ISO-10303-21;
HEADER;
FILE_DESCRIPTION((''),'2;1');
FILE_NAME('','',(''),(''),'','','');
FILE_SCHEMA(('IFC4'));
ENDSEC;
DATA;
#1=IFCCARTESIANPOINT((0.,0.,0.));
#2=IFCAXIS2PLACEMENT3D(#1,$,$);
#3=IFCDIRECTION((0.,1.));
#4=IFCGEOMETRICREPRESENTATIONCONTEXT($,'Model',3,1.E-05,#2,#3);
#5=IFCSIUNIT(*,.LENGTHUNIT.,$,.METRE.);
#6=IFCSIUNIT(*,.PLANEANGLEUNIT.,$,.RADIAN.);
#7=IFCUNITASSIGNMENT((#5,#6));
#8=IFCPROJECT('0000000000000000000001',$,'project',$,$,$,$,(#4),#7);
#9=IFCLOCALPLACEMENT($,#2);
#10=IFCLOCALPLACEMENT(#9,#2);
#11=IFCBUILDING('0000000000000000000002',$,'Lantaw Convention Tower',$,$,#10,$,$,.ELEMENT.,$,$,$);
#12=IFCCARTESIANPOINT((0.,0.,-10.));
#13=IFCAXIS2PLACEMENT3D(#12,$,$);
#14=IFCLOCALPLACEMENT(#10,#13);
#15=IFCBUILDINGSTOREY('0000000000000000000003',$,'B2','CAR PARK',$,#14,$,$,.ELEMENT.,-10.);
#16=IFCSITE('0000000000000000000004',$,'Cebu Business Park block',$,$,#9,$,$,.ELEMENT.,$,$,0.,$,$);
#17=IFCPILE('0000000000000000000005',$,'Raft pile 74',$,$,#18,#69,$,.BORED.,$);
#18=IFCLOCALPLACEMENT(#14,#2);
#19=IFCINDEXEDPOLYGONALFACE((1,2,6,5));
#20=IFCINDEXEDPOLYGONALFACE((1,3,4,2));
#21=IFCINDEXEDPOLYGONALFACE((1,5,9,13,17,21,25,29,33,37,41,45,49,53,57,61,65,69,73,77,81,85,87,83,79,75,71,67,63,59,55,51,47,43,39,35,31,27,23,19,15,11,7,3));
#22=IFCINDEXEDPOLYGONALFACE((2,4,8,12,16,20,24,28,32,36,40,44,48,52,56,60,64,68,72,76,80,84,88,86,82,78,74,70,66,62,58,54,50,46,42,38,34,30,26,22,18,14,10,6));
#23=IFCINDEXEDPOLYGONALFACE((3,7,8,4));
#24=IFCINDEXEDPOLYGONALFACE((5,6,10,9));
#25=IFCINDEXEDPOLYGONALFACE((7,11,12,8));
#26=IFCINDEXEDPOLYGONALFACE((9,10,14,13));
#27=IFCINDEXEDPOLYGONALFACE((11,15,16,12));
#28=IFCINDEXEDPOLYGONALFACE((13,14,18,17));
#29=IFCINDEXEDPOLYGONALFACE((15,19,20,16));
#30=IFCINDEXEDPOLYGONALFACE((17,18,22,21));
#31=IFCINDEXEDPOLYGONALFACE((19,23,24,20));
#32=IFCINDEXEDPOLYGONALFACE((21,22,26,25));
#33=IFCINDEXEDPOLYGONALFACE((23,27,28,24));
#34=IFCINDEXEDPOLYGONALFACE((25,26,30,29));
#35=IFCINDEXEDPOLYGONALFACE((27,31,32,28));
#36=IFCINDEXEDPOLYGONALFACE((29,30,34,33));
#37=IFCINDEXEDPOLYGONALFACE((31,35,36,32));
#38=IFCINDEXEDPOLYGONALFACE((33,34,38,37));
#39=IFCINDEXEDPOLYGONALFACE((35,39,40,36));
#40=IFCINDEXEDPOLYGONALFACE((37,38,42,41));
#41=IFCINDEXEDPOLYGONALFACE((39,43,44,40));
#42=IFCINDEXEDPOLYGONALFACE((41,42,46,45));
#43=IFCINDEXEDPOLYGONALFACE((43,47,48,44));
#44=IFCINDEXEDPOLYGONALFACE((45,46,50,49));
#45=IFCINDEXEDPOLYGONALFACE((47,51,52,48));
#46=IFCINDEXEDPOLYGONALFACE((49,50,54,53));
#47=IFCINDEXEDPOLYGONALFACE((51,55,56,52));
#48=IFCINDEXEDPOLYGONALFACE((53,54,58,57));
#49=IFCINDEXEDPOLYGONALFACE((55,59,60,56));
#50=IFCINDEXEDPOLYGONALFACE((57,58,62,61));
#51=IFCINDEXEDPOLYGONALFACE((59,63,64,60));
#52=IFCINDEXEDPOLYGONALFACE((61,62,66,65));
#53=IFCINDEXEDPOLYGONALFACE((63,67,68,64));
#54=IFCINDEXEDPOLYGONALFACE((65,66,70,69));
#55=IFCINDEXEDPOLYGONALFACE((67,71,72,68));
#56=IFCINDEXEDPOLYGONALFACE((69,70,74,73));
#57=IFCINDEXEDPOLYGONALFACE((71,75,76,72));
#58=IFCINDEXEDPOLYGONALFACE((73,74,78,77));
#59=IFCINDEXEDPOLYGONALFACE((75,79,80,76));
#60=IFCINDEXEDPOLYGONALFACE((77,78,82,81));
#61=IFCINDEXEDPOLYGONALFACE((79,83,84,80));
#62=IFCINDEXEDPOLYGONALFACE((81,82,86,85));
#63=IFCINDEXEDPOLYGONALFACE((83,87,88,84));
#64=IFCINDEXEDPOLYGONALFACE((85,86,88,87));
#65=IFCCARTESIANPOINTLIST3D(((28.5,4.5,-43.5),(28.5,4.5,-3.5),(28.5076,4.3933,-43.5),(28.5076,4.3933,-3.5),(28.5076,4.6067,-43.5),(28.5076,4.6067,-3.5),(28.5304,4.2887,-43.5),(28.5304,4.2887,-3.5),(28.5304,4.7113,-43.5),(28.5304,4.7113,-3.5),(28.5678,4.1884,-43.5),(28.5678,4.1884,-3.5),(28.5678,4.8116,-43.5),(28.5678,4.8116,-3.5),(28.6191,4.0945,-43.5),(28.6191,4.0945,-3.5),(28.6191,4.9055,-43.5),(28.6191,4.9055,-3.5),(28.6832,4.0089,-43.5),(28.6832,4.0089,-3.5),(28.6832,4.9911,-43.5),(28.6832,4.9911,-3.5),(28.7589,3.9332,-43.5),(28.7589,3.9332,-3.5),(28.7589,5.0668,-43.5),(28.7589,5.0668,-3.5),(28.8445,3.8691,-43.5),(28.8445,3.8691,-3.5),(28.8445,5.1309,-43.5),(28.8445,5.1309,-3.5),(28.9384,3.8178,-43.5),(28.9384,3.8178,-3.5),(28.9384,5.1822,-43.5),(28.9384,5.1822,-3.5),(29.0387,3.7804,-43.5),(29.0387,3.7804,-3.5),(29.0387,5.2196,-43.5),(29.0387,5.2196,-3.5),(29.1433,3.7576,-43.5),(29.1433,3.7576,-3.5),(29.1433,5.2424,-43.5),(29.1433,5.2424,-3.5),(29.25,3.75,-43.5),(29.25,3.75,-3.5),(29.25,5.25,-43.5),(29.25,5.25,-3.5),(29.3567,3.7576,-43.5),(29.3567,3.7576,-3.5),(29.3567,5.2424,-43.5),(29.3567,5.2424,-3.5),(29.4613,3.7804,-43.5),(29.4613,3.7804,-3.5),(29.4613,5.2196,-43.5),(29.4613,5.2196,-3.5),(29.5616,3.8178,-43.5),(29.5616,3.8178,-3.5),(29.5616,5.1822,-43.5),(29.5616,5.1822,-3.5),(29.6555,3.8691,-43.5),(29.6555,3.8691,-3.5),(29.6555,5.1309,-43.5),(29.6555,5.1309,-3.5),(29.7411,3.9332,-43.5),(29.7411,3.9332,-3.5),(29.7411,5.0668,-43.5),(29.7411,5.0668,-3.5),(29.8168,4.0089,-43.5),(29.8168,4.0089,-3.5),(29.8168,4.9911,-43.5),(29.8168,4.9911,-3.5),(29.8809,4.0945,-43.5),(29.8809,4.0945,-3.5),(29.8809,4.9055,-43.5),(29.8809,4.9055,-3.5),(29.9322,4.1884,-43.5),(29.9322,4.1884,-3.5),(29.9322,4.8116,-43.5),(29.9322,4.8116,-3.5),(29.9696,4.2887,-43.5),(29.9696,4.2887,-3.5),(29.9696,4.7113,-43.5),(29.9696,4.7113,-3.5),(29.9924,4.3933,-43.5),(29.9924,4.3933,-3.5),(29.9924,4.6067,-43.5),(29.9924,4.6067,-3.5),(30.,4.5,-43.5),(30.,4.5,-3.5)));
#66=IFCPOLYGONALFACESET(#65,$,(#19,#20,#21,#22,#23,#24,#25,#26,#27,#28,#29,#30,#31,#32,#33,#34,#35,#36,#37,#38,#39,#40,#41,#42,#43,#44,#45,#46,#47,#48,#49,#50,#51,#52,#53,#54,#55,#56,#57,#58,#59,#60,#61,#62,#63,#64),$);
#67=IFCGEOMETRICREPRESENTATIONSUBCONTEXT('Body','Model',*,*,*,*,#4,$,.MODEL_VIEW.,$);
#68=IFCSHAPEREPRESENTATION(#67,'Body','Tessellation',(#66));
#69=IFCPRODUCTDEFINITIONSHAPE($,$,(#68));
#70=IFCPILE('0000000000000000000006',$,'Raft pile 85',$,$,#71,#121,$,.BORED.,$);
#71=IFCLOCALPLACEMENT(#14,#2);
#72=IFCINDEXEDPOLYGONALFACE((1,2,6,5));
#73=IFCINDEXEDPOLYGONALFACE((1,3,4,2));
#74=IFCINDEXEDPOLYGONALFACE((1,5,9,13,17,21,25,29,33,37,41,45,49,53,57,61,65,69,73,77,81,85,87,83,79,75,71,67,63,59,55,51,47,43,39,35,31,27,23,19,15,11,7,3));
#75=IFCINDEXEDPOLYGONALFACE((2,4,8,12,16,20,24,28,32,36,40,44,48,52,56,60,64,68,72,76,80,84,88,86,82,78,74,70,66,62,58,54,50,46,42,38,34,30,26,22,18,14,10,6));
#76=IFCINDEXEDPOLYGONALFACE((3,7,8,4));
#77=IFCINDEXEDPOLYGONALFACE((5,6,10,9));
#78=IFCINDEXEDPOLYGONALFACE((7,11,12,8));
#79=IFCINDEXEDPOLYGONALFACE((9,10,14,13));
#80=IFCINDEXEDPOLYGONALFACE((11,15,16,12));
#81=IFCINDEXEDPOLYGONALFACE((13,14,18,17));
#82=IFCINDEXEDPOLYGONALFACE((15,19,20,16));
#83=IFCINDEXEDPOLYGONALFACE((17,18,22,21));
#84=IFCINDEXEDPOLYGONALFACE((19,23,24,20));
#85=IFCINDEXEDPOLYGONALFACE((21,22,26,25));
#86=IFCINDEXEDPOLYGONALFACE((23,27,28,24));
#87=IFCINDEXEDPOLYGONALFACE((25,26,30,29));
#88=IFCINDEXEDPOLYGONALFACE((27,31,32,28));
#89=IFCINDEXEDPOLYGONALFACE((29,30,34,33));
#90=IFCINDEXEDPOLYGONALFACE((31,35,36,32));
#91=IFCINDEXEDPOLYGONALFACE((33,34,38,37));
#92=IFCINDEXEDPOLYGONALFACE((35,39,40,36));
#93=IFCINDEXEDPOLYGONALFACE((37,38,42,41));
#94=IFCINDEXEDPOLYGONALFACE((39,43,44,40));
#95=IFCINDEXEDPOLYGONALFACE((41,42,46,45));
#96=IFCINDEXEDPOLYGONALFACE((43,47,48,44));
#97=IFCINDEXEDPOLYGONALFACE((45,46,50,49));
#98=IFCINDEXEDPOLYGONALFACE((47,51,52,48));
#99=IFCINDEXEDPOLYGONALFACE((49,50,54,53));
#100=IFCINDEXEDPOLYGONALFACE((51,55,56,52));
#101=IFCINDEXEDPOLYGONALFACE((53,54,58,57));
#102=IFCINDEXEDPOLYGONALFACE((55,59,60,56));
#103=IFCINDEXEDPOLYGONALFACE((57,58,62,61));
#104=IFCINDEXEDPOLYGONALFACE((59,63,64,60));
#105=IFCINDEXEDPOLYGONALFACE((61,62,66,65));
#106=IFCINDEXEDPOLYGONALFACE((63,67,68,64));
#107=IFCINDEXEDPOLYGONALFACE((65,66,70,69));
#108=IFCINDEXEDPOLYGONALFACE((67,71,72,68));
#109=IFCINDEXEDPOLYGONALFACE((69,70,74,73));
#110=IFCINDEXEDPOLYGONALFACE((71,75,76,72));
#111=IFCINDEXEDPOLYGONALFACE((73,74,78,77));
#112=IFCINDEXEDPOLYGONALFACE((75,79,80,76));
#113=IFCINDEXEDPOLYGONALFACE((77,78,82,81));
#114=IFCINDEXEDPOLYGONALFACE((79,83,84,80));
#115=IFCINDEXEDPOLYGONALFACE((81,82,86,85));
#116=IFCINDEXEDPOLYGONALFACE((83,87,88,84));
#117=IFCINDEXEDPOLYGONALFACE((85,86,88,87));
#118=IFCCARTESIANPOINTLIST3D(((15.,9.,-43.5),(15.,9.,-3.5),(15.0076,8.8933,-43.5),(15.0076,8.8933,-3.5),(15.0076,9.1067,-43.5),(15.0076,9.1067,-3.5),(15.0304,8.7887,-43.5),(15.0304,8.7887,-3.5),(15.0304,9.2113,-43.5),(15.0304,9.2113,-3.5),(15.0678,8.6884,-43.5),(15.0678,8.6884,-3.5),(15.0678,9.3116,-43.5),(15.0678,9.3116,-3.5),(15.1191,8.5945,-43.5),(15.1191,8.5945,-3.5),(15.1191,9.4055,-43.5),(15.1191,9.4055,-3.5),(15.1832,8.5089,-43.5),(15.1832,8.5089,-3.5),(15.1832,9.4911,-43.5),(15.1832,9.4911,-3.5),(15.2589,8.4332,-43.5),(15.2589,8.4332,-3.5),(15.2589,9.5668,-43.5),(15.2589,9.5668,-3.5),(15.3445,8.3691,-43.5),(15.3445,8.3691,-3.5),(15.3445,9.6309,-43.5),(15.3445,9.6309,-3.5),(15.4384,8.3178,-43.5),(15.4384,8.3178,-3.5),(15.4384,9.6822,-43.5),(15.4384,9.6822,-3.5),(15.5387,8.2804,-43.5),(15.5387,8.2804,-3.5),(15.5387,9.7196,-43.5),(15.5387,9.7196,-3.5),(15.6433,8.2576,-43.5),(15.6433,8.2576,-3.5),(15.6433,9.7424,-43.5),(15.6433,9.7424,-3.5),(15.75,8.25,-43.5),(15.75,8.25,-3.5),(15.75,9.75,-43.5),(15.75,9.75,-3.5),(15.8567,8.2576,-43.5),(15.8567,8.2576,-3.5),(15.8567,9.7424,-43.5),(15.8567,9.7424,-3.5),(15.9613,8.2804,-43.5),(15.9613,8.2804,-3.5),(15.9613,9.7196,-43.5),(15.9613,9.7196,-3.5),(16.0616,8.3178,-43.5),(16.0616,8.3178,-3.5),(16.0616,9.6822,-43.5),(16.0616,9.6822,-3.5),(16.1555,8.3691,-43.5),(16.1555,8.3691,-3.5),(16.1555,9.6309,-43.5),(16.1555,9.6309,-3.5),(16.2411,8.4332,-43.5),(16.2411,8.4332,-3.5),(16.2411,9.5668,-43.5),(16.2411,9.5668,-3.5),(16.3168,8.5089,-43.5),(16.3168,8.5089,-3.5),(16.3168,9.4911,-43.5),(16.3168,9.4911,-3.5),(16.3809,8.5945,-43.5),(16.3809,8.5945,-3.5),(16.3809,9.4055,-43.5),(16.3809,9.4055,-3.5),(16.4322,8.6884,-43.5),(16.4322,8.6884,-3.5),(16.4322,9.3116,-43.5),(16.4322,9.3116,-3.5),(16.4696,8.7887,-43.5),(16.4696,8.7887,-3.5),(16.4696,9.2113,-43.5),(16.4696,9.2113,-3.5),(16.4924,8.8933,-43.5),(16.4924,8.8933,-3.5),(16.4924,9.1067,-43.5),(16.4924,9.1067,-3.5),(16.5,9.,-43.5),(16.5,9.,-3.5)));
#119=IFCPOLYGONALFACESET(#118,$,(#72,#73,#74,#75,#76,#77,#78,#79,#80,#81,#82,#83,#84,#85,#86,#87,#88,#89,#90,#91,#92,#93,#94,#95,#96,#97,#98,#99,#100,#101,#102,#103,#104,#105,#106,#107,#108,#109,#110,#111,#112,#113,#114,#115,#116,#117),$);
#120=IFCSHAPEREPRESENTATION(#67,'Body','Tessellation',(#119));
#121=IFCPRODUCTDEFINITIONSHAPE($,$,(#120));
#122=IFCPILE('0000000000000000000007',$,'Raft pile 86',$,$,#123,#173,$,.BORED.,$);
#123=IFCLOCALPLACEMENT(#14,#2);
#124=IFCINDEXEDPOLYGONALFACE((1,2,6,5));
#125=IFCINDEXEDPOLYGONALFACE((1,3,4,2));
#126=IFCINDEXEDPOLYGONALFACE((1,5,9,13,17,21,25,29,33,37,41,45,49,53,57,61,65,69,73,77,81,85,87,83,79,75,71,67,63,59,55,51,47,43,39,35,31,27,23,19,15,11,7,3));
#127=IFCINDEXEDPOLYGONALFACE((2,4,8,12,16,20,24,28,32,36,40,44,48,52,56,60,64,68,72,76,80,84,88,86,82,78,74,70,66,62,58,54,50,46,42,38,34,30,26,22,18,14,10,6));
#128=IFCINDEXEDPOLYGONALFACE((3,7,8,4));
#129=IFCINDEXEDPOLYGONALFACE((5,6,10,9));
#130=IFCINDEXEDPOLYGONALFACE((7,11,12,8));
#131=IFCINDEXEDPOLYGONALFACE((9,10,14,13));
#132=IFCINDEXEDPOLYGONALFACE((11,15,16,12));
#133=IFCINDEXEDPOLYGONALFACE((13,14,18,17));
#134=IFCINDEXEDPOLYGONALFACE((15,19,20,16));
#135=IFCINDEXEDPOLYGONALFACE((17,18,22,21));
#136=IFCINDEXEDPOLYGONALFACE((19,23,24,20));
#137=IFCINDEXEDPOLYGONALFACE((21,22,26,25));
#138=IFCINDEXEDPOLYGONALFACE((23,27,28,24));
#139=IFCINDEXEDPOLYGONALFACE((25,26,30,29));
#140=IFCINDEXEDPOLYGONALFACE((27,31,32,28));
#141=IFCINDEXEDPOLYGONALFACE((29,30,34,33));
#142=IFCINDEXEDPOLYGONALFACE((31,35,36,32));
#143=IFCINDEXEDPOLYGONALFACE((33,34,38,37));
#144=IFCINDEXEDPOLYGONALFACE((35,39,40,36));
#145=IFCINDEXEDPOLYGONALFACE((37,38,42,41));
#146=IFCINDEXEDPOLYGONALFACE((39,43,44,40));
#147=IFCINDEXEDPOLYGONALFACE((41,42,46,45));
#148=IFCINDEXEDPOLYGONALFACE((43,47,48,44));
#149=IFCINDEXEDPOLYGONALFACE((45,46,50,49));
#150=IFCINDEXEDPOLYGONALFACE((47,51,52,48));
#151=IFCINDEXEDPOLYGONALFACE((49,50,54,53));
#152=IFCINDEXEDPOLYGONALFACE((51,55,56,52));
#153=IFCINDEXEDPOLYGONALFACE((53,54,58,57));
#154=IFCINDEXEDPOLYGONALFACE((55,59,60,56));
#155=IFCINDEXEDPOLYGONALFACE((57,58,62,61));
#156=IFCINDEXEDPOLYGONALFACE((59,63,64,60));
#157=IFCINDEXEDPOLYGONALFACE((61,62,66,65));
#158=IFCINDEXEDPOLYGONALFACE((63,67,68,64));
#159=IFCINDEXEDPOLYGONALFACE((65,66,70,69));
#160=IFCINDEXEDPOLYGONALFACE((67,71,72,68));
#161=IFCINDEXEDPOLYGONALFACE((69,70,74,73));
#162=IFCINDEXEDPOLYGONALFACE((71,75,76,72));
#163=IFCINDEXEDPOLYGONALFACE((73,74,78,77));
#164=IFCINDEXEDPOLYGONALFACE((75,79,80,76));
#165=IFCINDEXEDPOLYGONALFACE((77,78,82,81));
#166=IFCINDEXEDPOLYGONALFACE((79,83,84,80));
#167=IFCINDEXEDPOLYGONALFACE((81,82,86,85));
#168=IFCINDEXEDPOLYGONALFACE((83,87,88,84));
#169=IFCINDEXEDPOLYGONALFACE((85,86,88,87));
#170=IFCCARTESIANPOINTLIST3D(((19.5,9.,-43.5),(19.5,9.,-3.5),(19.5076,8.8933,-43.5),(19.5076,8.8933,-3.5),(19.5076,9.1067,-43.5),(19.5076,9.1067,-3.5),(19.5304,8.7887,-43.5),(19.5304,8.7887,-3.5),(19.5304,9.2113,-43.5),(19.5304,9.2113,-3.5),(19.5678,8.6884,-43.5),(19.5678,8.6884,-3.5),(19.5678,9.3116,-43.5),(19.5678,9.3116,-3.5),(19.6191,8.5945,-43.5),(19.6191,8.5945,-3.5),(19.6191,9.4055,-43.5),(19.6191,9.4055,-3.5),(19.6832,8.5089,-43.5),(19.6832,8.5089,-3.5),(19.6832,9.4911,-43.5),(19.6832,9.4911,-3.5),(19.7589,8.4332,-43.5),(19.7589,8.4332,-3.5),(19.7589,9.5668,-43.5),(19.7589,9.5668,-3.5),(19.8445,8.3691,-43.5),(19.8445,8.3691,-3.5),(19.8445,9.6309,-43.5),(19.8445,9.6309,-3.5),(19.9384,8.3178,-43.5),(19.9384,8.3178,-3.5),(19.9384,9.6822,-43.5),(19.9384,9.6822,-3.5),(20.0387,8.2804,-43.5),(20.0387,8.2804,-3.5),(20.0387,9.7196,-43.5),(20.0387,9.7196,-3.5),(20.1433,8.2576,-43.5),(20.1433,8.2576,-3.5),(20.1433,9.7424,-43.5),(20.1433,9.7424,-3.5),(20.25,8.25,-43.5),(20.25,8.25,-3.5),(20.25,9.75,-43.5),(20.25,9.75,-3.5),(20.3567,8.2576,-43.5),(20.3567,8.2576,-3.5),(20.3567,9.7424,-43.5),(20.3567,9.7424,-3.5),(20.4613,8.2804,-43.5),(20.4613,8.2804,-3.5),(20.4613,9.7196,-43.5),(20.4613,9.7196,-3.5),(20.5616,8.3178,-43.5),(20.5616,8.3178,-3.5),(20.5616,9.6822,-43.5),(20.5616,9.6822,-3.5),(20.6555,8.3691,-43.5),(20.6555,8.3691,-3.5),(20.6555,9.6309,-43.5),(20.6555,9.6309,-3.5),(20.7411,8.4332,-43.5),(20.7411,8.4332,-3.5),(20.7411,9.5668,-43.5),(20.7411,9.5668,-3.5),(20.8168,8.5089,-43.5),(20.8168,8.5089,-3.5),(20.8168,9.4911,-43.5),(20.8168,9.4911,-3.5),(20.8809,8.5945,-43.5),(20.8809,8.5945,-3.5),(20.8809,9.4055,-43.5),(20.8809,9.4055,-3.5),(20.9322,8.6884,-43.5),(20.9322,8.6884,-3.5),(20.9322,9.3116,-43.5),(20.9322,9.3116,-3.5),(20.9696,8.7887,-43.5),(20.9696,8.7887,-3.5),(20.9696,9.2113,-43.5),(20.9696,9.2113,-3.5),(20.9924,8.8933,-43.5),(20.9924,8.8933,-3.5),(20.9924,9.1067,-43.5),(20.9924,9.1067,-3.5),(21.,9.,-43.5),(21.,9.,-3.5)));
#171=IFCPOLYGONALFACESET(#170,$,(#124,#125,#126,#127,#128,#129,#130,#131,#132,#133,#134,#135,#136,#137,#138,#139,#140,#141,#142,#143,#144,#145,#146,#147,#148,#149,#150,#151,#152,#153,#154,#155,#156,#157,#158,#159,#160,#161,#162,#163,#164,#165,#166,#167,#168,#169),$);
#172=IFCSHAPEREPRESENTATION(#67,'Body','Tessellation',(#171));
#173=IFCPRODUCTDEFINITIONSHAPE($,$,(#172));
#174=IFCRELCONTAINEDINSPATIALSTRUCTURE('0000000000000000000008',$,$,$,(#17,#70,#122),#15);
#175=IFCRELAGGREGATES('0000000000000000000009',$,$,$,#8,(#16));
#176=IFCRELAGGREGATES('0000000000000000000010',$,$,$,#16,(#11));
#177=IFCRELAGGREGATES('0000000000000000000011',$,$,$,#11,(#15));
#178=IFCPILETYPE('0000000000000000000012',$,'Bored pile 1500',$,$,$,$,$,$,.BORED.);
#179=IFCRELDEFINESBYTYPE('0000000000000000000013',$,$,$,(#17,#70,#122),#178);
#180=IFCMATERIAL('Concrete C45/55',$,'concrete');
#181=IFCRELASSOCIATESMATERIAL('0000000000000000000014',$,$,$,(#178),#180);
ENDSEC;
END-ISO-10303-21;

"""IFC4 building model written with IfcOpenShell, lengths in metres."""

from ifc_helpers import new_model, si_unit, direction, frame, origin, origin_2d, place, context, subcontext, project, spatial, circle, extrude, material, material_profile, profile_set, type_object, element, save


model = new_model("IFC4")

# Units and contexts
model_context = context("Model", 3, precision=1e-05, world=origin(), true_north=direction((0.0, 1.0)))
body_context = subcontext(model_context, "Body", "Model", "MODEL_VIEW")
ifc_project = project(units=[si_unit("LENGTHUNIT", "METRE"), si_unit("PLANEANGLEUNIT", "RADIAN")], contexts=[model_context])

# Site, building, storey
site_placement = place(None, origin())
site = spatial("IfcSite", under=ifc_project, at=site_placement, Name="Cebu Business Park block", CompositionType="ELEMENT", RefElevation=0.0)
building_placement = place(site_placement, origin())
building = spatial("IfcBuilding", under=site, at=building_placement, Name="Lantaw Convention Tower", CompositionType="ELEMENT")
storey_placement = place(building_placement, frame((0.0, 0.0, -10.0)))
storey = spatial("IfcBuildingStorey", under=building, at=storey_placement, Name="B2", Description="CAR PARK", CompositionType="ELEMENT", Elevation=-10.0)

# Piles
ifc_material_1 = material(Name="Concrete C45/55", Category="concrete")
ifc_material_profile_1 = material_profile(ifc_material_1, circle(Radius=0.75, at=origin_2d()), Name="Bored pile 1500")
ifc_profile_set_1 = profile_set([ifc_material_profile_1], Name="Concrete C45/55")
pile_type_1 = type_object("IfcPileType", Name="Bored pile 1500", PredefinedType="BORED", material=ifc_profile_set_1)
for number, where, z_axis, x_axis, name in (
    (1, (29.25, 4.5, -3.5), (0.0, 0.0, -1.0), (1.0, 0.0, 0.0), "Raft pile 74"),
    (2, (15.75, 9.0, -3.5), (0.0, 0.0, -1.0), (1.0, 0.0, 0.0), "Raft pile 85"),
    (3, (20.25, 9.0, -3.5), (0.0, 0.0, -1.0), (1.0, 0.0, 0.0), "Raft pile 86"),
):
    element("IfcPile", number, at=place(storey_placement, frame(where, z_axis=z_axis, x_axis=x_axis)), inside=storey, type_object=pile_type_1, Name=name, PredefinedType="BORED", context=body_context, shape_type="SweptSolid", body=[
        extrude(circle(Radius=0.75, at=origin_2d()), origin(), (0.0, 0.0, 1.0), 40.0),
    ])

save(model, "model.ifc")
